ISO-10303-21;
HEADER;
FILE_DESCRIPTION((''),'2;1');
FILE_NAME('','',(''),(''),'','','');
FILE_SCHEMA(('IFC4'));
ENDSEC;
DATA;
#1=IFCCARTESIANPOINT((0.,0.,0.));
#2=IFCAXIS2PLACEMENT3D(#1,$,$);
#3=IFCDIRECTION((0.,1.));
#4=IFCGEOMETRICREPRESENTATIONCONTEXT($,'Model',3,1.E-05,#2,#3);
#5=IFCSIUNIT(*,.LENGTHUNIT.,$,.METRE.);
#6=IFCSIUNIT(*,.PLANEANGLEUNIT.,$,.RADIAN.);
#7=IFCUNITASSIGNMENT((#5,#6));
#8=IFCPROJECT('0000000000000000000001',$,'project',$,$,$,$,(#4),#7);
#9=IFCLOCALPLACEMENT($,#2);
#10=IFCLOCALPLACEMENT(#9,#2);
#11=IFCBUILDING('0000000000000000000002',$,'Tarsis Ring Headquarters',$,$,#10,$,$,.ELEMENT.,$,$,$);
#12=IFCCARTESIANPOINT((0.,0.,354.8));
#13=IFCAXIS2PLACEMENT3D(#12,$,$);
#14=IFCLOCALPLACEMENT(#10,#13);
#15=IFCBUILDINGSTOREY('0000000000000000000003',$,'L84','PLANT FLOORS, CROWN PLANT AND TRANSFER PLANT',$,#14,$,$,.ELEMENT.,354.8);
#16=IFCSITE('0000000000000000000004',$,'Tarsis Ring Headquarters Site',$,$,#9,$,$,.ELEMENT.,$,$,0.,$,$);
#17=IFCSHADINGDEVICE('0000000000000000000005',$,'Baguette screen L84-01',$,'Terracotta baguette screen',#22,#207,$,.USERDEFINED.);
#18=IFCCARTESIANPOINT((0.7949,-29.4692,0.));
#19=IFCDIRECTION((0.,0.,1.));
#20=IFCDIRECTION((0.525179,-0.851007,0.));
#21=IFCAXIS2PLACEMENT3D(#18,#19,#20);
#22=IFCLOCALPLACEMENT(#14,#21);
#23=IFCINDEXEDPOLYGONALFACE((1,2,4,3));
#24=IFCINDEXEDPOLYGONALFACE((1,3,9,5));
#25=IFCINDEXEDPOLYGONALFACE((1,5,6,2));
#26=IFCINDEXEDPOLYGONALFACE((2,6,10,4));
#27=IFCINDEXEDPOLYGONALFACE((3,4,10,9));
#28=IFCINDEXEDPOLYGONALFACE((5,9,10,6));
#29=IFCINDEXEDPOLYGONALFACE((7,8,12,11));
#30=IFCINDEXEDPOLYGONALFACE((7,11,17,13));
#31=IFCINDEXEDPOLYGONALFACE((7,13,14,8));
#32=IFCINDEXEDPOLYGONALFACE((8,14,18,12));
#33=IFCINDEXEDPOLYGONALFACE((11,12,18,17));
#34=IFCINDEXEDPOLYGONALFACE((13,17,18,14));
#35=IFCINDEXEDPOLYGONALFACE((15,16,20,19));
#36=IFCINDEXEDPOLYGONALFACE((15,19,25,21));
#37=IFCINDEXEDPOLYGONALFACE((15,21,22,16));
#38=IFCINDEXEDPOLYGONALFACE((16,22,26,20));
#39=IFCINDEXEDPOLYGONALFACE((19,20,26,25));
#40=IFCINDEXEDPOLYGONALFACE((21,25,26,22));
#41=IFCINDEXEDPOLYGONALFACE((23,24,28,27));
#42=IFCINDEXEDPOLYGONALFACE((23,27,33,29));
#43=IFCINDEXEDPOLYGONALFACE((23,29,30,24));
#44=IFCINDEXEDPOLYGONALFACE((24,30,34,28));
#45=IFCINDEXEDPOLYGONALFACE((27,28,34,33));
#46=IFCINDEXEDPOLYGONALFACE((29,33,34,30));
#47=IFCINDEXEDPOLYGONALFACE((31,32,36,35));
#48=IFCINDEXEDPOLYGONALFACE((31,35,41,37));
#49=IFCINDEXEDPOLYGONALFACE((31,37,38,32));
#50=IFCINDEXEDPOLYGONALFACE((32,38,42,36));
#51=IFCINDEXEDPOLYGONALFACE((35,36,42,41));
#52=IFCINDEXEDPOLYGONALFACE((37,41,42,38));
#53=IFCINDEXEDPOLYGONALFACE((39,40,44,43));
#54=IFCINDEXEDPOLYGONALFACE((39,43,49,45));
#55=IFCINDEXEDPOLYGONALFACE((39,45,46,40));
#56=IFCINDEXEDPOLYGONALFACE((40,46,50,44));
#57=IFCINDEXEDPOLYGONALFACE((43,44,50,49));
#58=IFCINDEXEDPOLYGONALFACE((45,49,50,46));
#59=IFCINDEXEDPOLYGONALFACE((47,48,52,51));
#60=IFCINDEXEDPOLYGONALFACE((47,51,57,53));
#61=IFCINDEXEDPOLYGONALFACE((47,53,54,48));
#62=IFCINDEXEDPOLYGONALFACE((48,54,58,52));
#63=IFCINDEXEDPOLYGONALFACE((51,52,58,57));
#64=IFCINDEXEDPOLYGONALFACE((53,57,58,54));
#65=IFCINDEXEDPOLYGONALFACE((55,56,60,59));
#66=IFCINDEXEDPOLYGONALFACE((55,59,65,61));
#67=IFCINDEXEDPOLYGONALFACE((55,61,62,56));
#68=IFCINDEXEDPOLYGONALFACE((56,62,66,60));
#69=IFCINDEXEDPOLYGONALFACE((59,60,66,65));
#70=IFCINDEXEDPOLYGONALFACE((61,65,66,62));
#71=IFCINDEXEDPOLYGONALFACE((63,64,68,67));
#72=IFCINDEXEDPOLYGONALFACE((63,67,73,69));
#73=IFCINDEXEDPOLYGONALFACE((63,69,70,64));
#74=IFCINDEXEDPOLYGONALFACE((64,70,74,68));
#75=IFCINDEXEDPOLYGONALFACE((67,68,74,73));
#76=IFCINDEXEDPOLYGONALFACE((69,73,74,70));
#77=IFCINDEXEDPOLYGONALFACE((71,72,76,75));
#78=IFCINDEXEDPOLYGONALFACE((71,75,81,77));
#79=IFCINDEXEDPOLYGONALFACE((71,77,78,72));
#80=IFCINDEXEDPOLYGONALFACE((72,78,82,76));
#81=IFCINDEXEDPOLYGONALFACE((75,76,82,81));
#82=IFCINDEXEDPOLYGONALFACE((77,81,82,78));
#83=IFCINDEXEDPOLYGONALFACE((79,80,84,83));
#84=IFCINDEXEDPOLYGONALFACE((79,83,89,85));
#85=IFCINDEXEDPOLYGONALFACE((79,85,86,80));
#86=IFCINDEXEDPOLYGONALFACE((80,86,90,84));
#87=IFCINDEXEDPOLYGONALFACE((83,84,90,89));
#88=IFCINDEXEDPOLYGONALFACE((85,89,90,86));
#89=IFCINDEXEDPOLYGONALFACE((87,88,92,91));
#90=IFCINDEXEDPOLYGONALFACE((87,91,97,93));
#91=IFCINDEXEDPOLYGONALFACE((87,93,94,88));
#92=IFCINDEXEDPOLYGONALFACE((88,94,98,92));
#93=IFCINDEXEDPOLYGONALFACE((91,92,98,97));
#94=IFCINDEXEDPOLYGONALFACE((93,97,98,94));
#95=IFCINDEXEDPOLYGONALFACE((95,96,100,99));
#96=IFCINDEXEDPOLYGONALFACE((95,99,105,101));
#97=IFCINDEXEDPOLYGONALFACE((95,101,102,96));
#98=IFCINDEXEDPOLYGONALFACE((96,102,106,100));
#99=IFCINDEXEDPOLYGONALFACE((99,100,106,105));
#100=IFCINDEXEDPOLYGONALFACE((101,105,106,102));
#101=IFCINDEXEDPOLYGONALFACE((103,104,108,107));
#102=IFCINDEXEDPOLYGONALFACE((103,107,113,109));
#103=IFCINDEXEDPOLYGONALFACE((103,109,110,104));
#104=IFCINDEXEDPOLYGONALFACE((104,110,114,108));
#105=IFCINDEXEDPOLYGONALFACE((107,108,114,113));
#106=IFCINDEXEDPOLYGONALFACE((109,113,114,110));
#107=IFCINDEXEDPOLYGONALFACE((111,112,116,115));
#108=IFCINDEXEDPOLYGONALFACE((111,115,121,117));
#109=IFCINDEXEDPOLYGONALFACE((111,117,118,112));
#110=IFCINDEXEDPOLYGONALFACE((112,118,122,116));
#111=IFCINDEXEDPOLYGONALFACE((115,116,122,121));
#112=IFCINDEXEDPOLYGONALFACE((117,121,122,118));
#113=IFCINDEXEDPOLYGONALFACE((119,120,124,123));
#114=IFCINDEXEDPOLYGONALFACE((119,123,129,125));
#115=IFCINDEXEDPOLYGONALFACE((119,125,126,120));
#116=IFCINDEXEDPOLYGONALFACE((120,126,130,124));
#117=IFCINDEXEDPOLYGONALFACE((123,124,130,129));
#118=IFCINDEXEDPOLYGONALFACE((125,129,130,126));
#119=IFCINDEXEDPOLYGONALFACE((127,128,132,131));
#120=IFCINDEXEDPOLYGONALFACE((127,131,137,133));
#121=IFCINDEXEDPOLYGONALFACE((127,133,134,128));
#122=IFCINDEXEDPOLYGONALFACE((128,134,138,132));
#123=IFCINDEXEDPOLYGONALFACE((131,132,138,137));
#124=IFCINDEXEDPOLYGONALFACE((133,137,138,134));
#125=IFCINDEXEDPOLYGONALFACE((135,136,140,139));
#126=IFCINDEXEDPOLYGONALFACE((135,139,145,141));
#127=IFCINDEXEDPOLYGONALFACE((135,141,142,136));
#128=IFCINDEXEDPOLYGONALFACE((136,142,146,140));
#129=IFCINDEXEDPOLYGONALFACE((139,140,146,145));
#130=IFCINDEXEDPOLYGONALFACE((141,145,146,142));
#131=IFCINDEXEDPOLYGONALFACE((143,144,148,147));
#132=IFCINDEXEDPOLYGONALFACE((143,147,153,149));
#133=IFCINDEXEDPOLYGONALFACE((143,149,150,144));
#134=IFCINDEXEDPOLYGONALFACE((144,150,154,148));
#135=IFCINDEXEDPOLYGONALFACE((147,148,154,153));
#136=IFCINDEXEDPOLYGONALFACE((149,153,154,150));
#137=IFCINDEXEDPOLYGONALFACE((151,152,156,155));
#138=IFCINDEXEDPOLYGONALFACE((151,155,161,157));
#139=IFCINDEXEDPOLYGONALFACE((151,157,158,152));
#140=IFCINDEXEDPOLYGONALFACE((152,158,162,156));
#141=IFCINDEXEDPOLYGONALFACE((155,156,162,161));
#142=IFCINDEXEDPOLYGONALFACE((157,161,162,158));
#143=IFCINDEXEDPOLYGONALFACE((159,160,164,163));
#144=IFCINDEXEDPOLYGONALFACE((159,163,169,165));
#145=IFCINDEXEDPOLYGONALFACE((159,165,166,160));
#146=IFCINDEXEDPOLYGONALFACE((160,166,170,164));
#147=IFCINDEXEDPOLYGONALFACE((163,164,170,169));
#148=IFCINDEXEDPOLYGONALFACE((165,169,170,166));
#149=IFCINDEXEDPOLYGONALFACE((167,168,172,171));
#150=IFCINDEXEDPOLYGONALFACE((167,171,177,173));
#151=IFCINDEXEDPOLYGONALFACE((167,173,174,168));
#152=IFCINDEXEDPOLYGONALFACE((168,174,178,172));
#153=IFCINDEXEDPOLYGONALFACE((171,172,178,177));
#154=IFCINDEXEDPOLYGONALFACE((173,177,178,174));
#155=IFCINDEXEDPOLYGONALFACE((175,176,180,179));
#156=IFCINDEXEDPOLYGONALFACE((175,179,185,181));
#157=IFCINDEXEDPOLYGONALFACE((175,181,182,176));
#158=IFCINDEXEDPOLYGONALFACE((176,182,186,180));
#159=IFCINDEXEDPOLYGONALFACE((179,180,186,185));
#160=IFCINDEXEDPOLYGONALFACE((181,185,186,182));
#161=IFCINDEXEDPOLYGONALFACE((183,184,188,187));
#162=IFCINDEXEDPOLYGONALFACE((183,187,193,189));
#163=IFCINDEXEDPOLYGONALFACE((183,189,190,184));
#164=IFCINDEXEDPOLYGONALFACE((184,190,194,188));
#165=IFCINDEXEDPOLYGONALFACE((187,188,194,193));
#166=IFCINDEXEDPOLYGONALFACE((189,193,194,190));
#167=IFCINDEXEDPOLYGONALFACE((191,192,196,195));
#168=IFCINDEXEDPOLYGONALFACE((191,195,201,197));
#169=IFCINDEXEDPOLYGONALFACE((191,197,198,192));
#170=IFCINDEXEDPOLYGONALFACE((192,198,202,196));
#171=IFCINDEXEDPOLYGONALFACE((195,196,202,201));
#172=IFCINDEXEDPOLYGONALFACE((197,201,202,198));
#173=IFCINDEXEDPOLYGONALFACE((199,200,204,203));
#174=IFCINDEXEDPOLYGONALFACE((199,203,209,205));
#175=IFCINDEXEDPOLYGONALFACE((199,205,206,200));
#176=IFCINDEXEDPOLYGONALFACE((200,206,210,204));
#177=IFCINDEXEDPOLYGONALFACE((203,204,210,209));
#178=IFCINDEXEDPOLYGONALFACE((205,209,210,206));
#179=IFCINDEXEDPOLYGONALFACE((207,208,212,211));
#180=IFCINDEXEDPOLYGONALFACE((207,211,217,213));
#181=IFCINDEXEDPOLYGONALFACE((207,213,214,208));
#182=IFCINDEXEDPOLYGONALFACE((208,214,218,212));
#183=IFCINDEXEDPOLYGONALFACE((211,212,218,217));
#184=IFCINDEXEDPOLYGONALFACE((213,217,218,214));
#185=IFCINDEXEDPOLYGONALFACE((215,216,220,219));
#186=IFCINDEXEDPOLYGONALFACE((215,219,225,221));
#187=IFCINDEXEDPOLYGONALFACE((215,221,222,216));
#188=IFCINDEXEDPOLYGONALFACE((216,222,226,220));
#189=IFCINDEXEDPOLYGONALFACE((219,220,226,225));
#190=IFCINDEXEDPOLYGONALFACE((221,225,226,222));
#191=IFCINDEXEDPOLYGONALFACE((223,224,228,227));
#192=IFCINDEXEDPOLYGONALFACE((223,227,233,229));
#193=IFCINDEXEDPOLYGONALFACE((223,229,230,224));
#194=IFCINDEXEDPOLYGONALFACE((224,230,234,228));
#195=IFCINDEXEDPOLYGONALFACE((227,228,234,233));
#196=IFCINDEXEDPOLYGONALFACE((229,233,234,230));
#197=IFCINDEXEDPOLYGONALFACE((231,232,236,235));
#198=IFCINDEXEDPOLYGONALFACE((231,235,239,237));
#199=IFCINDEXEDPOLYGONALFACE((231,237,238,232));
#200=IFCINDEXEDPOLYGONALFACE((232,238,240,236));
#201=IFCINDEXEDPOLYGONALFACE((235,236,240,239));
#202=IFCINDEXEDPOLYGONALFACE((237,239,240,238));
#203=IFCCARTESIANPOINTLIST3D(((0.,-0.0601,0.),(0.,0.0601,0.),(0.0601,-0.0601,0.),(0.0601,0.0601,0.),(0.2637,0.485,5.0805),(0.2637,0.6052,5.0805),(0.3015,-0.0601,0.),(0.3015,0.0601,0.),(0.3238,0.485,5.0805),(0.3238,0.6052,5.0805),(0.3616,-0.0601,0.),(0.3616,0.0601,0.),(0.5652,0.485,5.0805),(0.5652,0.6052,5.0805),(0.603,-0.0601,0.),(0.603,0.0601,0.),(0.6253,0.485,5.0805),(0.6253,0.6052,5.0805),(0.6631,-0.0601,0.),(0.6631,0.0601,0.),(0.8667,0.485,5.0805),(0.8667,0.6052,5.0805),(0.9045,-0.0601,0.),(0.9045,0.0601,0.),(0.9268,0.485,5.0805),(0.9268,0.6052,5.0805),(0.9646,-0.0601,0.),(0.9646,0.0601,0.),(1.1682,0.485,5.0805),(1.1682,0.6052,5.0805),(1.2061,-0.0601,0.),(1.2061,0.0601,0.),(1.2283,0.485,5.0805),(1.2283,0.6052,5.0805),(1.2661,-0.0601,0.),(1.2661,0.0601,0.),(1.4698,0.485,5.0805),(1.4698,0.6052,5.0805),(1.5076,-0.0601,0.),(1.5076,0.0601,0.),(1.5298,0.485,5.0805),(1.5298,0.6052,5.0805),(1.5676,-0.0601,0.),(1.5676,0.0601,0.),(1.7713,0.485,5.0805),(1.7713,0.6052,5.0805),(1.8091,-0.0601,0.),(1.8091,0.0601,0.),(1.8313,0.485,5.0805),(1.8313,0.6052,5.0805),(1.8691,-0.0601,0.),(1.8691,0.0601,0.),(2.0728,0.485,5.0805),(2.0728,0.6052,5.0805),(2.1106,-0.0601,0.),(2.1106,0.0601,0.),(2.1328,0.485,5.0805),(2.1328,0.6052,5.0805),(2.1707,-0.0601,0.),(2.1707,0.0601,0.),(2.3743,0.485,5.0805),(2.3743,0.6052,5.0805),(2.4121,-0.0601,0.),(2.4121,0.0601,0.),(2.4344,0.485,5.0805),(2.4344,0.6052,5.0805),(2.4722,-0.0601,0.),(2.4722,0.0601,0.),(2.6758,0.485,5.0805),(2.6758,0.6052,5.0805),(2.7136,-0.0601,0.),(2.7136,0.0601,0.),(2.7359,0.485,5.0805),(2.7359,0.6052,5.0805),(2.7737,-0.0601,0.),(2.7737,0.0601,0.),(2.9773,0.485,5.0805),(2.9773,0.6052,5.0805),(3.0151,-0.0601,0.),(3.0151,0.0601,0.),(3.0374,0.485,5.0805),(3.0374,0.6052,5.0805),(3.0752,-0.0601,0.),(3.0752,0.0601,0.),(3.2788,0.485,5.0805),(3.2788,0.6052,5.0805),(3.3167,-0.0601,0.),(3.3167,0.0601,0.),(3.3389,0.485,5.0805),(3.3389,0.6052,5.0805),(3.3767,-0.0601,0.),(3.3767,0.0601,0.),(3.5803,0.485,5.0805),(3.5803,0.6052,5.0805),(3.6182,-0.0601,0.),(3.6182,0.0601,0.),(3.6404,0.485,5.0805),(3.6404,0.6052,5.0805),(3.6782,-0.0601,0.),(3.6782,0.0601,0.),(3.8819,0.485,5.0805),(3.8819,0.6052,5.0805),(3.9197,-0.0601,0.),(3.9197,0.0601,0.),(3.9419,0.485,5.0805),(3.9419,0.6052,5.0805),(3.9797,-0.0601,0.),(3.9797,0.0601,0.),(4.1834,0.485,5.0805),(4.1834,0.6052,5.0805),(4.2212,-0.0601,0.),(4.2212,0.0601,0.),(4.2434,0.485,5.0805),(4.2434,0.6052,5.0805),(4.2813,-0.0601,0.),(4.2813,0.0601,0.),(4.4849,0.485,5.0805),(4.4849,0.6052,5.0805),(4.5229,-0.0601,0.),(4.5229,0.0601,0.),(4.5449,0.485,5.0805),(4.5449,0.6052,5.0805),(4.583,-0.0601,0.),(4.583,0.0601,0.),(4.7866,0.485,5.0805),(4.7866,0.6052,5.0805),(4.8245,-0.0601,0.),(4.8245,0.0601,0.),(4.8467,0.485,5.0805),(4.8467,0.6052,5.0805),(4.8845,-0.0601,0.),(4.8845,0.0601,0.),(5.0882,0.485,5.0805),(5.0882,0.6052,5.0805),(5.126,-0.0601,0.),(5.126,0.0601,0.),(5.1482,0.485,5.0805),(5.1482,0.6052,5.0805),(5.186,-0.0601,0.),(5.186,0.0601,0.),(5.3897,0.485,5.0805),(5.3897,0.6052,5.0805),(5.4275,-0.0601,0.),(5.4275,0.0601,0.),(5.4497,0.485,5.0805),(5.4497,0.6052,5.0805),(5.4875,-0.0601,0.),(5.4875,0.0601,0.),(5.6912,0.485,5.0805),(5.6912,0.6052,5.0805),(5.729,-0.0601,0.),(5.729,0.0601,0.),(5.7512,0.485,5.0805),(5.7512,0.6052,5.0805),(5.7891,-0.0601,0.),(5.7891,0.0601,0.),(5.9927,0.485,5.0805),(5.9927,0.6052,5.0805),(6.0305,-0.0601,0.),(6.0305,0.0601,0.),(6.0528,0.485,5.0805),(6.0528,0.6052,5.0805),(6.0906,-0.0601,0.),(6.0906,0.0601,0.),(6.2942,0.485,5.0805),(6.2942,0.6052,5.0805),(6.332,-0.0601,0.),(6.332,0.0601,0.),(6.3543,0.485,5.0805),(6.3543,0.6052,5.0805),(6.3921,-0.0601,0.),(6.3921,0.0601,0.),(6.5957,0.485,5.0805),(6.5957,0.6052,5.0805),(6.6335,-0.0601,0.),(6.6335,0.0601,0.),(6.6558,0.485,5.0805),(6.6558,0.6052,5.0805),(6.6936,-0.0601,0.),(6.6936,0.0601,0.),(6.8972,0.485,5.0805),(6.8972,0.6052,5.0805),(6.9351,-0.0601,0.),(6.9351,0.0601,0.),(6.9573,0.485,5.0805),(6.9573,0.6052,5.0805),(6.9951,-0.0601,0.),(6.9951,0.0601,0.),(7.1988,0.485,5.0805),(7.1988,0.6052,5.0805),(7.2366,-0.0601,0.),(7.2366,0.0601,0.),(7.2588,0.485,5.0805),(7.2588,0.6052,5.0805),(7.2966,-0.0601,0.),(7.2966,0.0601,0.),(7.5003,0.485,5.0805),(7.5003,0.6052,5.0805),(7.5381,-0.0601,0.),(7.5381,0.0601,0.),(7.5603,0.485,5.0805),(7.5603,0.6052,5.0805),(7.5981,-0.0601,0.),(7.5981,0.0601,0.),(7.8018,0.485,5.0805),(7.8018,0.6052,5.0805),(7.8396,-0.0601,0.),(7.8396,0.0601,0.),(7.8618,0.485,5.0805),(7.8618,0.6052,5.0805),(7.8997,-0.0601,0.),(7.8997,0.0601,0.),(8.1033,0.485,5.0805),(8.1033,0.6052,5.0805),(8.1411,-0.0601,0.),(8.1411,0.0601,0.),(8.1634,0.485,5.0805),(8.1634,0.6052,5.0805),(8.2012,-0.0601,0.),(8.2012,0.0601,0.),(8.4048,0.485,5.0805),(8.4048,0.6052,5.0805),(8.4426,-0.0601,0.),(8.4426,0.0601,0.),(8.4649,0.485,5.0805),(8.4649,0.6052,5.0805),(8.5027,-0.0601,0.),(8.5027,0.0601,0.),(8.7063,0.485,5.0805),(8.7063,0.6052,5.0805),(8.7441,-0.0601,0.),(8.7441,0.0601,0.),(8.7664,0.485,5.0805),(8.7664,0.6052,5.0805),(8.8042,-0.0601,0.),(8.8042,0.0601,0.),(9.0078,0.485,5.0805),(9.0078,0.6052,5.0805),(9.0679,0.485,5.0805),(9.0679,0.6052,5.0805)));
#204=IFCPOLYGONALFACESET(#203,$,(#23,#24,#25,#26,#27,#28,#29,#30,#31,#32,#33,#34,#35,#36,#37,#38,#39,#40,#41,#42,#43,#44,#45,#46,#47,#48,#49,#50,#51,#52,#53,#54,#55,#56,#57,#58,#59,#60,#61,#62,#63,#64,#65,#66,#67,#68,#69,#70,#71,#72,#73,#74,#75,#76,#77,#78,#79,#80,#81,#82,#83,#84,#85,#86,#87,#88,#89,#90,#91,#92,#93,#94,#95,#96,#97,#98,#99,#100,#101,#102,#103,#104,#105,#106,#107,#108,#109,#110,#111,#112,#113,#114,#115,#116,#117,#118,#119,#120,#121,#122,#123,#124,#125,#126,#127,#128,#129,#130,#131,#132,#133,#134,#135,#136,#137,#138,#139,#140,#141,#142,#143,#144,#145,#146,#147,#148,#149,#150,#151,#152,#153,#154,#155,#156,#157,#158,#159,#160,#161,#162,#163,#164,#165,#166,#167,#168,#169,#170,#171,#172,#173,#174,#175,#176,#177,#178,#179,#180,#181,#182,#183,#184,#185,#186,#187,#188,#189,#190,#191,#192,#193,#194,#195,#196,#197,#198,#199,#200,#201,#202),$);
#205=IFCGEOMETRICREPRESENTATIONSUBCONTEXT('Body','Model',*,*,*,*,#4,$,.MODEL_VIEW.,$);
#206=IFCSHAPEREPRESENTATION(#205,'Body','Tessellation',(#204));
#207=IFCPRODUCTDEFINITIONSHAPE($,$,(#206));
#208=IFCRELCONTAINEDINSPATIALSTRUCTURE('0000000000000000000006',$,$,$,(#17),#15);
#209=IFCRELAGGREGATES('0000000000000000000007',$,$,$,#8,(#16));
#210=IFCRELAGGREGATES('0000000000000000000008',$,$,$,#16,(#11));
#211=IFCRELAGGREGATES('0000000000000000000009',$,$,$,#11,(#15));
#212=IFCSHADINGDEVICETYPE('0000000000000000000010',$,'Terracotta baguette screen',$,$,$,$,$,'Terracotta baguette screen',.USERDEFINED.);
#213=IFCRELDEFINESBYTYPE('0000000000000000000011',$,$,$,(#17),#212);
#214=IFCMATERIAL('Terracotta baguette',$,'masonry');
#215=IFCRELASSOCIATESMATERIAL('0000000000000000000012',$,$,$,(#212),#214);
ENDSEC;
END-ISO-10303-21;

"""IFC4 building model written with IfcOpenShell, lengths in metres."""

from ifc_helpers import new_model, si_unit, direction, frame, frame_2d, origin, place, context, subcontext, project, spatial, rectangle, composite_profile, extrude, material, type_object, element, save


model = new_model("IFC4")

# Units and contexts
model_context = context("Model", 3, precision=1e-05, world=origin(), true_north=direction((0.0, 1.0)))
body_context = subcontext(model_context, "Body", "Model", "MODEL_VIEW")
ifc_project = project(units=[si_unit("LENGTHUNIT", "METRE"), si_unit("PLANEANGLEUNIT", "RADIAN")], contexts=[model_context])

# Site, building, storey
site_placement = place(None, origin())
site = spatial("IfcSite", under=ifc_project, at=site_placement, Name="Tarsis Ring Headquarters Site", CompositionType="ELEMENT", RefElevation=0.0)
building_placement = place(site_placement, origin())
building = spatial("IfcBuilding", under=site, at=building_placement, Name="Tarsis Ring Headquarters", CompositionType="ELEMENT")
storey_placement = place(building_placement, frame((0.0, 0.0, 354.8)))
storey = spatial("IfcBuildingStorey", under=building, at=storey_placement, Name="L84", Description="PLANT FLOORS, CROWN PLANT AND TRANSFER PLANT", CompositionType="ELEMENT", Elevation=354.8)

# Shading device
ifc_material_1 = material(Name="Terracotta baguette", Category="masonry")
shading_device_type_1 = type_object("IfcShadingDeviceType", Name="Terracotta baguette screen", ElementType="Terracotta baguette screen", PredefinedType="USERDEFINED", material=ifc_material_1)
shading_device_1_placement = place(storey_placement, frame((0.7949, -29.4692, 0.0), z_axis=(0.0, 0.0, 1.0), x_axis=(0.525179, -0.851007, 0.0)))
element("IfcShadingDevice", 1, at=shading_device_1_placement, inside=storey, type_object=shading_device_type_1, Name="Baguette screen L84-01", ObjectType="Terracotta baguette screen", PredefinedType="USERDEFINED", context=body_context, shape_type="SweptSolid", body=[
    extrude(composite_profile([rectangle(XDim=0.0601, YDim=0.1201, at=frame_2d((0.03, 0.0))), rectangle(XDim=0.0601, YDim=0.1201, at=frame_2d((0.3315, 0.0))), rectangle(XDim=0.0601, YDim=0.1201, at=frame_2d((0.6331, 0.0))), rectangle(XDim=0.0601, YDim=0.1201, at=frame_2d((0.9346, 0.0))), rectangle(XDim=0.0601, YDim=0.1201, at=frame_2d((1.2361, 0.0))), rectangle(XDim=0.0601, YDim=0.1201, at=frame_2d((1.5376, 0.0))), rectangle(XDim=0.0601, YDim=0.1201, at=frame_2d((1.8391, 0.0))), rectangle(XDim=0.0601, YDim=0.1201, at=frame_2d((2.1406, 0.0))), rectangle(XDim=0.0601, YDim=0.1201, at=frame_2d((2.4421, 0.0))), rectangle(XDim=0.0601, YDim=0.1201, at=frame_2d((2.7437, 0.0))), rectangle(XDim=0.0601, YDim=0.1201, at=frame_2d((3.0452, 0.0))), rectangle(XDim=0.0601, YDim=0.1201, at=frame_2d((3.3467, 0.0))), rectangle(XDim=0.0601, YDim=0.1201, at=frame_2d((3.6482, 0.0))), rectangle(XDim=0.0601, YDim=0.1201, at=frame_2d((3.9497, 0.0))), rectangle(XDim=0.0601, YDim=0.1201, at=frame_2d((4.2512, 0.0))), rectangle(XDim=0.0601, YDim=0.1201, at=frame_2d((4.553, 0.0))), rectangle(XDim=0.0601, YDim=0.1201, at=frame_2d((4.8545, 0.0))), rectangle(XDim=0.0601, YDim=0.1201, at=frame_2d((5.156, 0.0))), rectangle(XDim=0.0601, YDim=0.1201, at=frame_2d((5.4575, 0.0))), rectangle(XDim=0.0601, YDim=0.1201, at=frame_2d((5.759, 0.0))), rectangle(XDim=0.0601, YDim=0.1201, at=frame_2d((6.0605, 0.0))), rectangle(XDim=0.0601, YDim=0.1201, at=frame_2d((6.3621, 0.0))), rectangle(XDim=0.0601, YDim=0.1201, at=frame_2d((6.6636, 0.0))), rectangle(XDim=0.0601, YDim=0.1201, at=frame_2d((6.9651, 0.0))), rectangle(XDim=0.0601, YDim=0.1201, at=frame_2d((7.2666, 0.0))), rectangle(XDim=0.0601, YDim=0.1201, at=frame_2d((7.5681, 0.0))), rectangle(XDim=0.0601, YDim=0.1201, at=frame_2d((7.8696, 0.0))), rectangle(XDim=0.0601, YDim=0.1201, at=frame_2d((8.1711, 0.0))), rectangle(XDim=0.0601, YDim=0.1201, at=frame_2d((8.4727, 0.0))), rectangle(XDim=0.0601, YDim=0.1201, at=frame_2d((8.7742, 0.0)))]), origin(), (0.051539, 0.106538, 0.992972), 5.1165),
])

save(model, "model.ifc")
